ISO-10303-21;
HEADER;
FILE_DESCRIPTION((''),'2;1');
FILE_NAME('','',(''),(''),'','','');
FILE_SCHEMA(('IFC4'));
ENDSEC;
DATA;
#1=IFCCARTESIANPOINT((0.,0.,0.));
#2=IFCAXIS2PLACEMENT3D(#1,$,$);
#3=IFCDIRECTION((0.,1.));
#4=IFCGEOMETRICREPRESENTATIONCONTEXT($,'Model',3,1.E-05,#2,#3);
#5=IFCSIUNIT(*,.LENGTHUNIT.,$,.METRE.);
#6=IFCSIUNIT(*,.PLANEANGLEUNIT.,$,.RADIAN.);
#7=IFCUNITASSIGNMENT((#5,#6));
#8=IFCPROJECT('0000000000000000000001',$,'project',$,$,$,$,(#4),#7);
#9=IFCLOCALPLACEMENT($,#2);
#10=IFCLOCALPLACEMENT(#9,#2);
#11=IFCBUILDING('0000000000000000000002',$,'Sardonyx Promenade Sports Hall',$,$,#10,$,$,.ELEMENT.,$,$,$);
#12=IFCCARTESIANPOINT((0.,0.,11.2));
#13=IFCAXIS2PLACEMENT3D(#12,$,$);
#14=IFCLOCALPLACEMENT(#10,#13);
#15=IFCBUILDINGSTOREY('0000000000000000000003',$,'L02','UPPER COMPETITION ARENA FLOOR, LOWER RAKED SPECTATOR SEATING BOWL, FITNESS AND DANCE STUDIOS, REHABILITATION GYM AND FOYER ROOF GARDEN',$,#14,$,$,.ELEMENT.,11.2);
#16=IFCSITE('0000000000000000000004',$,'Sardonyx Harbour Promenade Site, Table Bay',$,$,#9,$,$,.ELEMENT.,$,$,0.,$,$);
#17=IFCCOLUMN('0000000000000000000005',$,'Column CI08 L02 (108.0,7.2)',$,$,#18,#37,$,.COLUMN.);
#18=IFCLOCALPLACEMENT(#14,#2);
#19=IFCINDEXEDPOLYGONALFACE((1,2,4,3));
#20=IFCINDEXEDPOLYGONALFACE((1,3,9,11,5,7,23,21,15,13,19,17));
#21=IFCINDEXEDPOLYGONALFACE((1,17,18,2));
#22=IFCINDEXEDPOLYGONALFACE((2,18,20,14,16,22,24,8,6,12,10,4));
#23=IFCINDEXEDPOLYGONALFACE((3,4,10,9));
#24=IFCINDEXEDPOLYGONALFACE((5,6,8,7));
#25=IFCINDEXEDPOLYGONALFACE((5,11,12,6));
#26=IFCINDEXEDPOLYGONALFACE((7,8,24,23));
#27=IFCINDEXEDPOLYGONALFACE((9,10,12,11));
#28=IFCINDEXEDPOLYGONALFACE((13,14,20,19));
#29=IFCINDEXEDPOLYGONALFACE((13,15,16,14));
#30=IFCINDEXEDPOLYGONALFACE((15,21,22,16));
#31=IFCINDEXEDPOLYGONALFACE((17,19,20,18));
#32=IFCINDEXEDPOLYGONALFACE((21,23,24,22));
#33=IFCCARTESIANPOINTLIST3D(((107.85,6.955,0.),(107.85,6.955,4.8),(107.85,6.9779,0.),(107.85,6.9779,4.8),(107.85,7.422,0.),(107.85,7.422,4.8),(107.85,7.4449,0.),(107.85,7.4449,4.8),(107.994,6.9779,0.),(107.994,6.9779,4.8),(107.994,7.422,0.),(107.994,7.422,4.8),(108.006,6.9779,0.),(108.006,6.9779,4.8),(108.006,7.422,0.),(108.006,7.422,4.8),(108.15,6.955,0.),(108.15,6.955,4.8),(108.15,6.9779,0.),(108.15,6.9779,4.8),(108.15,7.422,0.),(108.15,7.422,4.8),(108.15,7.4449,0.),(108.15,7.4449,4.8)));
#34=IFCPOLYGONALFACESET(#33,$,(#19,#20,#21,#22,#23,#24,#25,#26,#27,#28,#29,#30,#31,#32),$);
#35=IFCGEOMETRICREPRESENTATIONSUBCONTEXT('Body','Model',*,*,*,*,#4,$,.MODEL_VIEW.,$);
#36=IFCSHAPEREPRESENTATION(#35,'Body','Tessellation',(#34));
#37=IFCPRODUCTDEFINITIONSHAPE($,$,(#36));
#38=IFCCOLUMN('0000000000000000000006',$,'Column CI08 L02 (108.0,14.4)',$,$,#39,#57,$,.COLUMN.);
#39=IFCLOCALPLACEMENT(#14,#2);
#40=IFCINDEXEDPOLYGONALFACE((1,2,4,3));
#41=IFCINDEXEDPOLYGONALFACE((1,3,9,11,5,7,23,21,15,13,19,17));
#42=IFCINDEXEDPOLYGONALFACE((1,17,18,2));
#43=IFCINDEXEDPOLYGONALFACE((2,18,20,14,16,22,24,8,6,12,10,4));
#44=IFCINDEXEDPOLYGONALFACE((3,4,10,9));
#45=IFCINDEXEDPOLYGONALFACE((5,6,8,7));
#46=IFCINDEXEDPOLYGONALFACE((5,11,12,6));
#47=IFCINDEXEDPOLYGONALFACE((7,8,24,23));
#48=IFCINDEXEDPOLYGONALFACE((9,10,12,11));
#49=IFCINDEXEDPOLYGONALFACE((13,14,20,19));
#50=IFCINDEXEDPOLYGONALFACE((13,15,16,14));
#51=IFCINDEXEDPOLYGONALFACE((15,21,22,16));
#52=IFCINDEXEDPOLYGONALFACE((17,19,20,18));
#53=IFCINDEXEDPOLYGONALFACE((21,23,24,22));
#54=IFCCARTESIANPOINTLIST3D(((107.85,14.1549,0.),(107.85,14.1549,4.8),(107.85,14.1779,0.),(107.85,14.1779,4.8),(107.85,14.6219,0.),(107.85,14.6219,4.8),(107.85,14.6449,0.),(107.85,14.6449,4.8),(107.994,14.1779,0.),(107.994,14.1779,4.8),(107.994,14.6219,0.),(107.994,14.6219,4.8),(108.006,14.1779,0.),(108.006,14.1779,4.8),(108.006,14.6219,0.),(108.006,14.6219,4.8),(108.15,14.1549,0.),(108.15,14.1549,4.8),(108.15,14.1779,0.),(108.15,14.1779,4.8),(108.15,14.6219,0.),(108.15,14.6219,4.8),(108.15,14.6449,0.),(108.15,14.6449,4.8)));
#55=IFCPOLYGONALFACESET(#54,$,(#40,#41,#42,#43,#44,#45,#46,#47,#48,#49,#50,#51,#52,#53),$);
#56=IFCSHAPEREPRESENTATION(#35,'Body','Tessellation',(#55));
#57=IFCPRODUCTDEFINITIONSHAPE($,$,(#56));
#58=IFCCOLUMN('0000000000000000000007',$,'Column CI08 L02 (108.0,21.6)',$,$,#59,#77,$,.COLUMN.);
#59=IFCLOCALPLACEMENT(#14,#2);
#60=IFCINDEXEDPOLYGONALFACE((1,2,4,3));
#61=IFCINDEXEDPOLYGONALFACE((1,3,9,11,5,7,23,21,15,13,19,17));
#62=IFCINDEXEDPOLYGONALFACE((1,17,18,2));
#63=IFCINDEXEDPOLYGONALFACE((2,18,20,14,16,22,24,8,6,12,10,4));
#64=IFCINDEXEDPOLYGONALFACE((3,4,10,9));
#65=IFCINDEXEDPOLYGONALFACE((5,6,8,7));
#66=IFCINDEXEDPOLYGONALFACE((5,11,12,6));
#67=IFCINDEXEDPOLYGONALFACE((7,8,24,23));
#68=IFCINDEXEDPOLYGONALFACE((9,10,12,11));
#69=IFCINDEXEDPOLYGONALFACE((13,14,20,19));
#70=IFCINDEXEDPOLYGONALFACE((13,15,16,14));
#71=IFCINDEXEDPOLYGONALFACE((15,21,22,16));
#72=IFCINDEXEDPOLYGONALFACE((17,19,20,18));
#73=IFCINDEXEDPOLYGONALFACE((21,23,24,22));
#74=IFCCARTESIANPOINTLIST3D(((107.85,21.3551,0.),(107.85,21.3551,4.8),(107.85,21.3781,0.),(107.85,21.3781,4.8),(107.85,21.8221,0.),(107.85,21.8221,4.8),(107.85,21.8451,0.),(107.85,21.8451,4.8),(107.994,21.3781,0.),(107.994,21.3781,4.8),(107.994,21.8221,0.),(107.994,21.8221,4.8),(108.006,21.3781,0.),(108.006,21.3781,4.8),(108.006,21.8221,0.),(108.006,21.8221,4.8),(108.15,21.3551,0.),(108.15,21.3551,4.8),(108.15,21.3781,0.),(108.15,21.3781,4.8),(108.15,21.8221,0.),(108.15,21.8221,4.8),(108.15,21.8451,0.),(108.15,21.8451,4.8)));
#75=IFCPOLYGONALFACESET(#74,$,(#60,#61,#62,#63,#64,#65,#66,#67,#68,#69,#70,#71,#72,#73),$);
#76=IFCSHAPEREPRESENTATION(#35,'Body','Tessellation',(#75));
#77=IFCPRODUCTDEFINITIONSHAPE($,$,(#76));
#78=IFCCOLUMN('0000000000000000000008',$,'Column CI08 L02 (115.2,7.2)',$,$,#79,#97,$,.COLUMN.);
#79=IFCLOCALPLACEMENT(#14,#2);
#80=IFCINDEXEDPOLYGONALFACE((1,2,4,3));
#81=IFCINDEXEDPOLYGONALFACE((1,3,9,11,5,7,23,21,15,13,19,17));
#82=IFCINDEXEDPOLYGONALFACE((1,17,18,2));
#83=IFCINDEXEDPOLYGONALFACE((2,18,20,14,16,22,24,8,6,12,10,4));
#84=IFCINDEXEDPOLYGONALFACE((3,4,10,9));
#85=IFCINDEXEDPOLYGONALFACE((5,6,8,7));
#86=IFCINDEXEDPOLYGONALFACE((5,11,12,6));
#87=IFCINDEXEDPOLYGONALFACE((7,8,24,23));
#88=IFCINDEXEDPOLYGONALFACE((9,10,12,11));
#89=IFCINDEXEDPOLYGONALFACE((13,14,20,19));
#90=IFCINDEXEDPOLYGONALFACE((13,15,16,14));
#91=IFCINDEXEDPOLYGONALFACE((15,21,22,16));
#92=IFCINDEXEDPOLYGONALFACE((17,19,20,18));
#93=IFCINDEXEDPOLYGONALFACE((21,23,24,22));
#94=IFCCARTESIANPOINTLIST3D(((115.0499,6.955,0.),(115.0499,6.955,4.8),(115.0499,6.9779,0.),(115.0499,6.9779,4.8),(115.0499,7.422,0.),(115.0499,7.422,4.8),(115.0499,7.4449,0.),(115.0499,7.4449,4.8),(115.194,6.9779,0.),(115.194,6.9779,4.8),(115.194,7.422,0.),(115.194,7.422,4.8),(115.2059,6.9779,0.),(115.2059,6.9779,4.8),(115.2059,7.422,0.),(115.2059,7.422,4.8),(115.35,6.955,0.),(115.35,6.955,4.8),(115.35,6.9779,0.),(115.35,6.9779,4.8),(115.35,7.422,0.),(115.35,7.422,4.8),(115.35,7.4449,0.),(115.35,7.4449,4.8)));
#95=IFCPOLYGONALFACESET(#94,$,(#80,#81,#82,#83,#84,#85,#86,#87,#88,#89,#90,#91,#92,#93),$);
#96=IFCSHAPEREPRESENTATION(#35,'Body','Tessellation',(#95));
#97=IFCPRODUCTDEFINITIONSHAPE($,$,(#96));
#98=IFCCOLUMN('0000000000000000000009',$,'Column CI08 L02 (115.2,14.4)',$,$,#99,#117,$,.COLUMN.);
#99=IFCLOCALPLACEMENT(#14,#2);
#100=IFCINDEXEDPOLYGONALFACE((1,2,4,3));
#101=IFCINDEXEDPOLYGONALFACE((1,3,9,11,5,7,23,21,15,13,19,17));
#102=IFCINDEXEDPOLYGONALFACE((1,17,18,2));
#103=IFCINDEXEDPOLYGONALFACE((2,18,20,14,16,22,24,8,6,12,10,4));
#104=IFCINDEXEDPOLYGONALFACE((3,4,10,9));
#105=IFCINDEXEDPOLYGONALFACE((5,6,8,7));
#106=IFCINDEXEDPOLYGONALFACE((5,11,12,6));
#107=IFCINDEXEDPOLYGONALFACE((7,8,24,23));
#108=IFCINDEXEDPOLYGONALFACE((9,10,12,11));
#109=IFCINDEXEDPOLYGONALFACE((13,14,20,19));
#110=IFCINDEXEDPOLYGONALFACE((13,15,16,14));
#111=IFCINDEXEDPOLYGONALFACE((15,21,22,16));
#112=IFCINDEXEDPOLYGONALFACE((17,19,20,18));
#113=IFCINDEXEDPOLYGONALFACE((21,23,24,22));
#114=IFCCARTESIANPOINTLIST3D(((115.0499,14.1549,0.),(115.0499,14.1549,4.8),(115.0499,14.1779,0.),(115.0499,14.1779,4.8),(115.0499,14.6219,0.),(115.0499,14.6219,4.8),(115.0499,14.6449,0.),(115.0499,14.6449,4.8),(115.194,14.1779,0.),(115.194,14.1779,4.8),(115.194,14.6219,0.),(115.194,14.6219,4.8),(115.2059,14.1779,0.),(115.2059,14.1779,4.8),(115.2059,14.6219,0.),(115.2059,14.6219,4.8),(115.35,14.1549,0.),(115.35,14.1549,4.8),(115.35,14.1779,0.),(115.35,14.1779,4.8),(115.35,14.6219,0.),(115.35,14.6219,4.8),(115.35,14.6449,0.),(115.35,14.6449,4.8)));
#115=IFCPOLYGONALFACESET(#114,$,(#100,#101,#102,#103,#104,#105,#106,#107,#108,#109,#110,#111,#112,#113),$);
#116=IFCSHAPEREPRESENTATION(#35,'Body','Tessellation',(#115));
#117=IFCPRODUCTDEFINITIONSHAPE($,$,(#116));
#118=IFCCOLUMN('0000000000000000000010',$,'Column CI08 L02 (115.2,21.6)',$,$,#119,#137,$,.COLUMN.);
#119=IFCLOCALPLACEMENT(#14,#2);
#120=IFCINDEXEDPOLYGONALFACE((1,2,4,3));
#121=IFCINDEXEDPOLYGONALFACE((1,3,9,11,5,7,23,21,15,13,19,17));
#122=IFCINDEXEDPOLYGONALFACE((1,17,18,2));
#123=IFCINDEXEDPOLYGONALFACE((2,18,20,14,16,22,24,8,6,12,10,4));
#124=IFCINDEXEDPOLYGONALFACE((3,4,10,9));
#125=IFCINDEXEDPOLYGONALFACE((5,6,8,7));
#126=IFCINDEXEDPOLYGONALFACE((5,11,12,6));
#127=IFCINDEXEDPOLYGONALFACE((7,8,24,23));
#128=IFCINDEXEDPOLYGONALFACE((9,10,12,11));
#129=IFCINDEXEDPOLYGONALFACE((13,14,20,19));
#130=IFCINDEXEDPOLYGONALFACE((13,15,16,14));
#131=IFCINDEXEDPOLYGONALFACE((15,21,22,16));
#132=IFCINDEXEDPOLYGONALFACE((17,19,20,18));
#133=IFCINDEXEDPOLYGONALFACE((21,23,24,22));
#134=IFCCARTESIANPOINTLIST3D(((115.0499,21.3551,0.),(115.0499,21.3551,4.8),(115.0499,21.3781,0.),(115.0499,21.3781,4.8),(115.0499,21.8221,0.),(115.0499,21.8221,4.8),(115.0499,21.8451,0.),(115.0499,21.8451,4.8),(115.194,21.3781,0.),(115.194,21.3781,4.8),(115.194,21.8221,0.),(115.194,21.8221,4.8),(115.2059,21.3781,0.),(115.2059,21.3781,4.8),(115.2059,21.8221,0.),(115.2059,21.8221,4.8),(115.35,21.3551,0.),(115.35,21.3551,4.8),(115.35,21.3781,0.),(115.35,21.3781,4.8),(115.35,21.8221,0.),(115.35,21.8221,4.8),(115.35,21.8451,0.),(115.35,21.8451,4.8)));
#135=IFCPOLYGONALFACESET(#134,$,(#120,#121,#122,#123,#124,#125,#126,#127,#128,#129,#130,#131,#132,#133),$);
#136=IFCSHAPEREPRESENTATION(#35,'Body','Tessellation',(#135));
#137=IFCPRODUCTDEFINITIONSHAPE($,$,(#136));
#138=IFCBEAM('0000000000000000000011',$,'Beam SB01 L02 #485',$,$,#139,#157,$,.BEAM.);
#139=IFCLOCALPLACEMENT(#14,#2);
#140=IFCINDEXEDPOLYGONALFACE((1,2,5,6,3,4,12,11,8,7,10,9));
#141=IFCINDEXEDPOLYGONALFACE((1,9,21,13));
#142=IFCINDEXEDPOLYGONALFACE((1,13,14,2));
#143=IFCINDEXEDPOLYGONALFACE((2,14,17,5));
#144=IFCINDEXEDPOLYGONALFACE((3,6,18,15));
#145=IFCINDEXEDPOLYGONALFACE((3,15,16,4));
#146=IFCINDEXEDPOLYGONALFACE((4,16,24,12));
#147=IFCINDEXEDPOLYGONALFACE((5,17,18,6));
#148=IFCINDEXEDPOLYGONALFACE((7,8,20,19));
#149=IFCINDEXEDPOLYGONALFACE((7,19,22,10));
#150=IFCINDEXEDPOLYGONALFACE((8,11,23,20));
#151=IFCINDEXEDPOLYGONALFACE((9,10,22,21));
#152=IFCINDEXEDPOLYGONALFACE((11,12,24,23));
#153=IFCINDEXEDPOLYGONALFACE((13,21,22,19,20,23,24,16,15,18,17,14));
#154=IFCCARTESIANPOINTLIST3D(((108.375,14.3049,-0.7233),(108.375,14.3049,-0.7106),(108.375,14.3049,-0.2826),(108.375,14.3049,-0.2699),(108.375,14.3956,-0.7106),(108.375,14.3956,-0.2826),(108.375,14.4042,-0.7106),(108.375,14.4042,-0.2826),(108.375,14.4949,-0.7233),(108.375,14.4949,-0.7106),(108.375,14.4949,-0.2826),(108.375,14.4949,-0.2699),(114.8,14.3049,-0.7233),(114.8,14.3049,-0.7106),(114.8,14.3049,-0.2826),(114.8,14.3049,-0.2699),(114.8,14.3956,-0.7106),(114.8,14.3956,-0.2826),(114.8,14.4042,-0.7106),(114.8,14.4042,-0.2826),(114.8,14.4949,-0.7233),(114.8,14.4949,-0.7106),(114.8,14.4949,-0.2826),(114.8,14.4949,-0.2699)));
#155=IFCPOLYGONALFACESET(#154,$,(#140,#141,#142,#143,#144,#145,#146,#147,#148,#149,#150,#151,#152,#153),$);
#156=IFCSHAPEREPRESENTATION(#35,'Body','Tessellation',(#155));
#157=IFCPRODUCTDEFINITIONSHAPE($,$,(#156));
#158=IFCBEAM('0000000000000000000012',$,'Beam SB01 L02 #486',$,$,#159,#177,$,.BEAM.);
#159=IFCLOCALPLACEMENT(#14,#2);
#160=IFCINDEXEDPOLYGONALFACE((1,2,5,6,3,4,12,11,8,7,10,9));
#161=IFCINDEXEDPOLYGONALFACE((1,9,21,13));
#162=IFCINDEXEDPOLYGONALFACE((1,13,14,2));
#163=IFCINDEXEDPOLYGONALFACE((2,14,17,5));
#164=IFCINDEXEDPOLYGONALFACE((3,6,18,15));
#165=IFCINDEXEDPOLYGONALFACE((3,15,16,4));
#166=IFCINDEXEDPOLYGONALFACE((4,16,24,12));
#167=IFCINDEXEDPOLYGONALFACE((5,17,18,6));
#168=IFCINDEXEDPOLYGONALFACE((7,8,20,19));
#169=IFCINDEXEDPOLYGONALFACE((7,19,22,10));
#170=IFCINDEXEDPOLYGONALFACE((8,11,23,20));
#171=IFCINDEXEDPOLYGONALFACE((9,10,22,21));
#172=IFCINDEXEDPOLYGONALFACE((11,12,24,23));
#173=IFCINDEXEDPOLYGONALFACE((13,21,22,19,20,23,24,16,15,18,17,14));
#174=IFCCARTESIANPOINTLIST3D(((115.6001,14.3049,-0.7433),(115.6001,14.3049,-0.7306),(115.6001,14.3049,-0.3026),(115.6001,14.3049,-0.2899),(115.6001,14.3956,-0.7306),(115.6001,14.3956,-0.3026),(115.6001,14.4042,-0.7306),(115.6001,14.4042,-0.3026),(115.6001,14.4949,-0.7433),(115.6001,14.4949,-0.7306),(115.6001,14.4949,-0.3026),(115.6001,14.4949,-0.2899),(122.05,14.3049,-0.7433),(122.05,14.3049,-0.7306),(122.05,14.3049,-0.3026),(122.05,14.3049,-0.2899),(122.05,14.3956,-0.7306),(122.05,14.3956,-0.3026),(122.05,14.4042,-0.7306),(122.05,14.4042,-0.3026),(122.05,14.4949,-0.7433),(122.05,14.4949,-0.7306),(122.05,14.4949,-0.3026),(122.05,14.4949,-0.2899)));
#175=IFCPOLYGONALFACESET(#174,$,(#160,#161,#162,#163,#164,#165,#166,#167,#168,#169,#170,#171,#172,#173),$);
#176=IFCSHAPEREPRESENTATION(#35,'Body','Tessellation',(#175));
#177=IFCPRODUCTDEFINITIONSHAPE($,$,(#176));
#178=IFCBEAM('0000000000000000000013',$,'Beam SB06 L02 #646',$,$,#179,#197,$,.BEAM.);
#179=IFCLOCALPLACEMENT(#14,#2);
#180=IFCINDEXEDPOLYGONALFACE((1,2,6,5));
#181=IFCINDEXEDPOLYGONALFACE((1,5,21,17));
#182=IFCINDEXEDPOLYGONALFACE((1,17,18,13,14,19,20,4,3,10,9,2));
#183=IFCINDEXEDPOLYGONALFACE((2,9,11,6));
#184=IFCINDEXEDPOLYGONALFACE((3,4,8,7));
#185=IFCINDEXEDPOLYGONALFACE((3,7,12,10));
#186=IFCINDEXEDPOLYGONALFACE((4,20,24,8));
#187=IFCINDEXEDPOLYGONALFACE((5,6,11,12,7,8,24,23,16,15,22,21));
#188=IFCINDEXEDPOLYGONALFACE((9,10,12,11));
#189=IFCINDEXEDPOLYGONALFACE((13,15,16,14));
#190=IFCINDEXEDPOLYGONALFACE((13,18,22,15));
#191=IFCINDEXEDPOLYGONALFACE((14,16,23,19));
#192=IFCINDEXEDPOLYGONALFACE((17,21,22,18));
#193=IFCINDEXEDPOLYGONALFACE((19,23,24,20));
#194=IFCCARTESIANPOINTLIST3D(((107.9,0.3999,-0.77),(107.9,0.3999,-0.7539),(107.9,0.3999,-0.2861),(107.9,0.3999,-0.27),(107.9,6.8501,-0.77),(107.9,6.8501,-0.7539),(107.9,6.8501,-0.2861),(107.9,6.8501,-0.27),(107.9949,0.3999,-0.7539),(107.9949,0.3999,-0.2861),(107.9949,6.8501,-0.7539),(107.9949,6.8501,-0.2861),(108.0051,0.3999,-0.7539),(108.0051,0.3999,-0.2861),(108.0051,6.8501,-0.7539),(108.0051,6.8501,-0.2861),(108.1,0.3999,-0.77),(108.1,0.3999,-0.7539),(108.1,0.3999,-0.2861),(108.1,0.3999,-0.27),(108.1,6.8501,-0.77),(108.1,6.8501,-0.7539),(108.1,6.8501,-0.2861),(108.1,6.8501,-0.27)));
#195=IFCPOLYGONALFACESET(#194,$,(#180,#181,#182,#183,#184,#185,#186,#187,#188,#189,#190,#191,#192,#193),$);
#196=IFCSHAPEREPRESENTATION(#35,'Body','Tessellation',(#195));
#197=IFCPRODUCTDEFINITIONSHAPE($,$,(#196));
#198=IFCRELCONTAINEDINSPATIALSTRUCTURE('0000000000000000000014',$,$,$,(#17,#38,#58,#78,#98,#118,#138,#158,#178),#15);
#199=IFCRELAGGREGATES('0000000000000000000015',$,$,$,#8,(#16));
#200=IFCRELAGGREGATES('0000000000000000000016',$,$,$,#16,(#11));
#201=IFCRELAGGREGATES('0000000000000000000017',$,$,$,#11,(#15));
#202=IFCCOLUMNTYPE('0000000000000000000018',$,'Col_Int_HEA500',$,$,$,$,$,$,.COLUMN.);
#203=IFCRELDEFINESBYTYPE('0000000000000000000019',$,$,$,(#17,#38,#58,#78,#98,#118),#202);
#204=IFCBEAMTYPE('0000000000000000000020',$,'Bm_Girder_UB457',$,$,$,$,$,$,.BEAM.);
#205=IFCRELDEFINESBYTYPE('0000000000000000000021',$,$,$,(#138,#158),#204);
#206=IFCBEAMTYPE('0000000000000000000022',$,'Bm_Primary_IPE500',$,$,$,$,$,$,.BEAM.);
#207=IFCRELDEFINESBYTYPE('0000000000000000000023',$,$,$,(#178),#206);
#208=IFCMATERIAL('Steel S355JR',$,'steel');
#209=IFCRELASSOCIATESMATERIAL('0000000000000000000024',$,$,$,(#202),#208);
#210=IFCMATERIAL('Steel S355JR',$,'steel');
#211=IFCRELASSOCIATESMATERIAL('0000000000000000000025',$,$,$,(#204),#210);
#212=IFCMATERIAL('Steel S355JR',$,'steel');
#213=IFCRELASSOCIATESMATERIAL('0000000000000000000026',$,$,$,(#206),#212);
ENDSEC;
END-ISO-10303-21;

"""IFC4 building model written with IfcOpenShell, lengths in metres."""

from ifc_helpers import new_model, si_unit, direction, frame, origin, origin_2d, place, context, subcontext, project, spatial, i_section, extrude, material, material_profile, profile_set, type_object, element, save


model = new_model("IFC4")

# Units and contexts
model_context = context("Model", 3, precision=1e-05, world=origin(), true_north=direction((0.0, 1.0)))
body_context = subcontext(model_context, "Body", "Model", "MODEL_VIEW")
ifc_project = project(units=[si_unit("LENGTHUNIT", "METRE"), si_unit("PLANEANGLEUNIT", "RADIAN")], contexts=[model_context])

# Site, building, storey
site_placement = place(None, origin())
site = spatial("IfcSite", under=ifc_project, at=site_placement, Name="Sardonyx Harbour Promenade Site, Table Bay", CompositionType="ELEMENT", RefElevation=0.0)
building_placement = place(site_placement, origin())
building = spatial("IfcBuilding", under=site, at=building_placement, Name="Sardonyx Promenade Sports Hall", CompositionType="ELEMENT")
storey_placement = place(building_placement, frame((0.0, 0.0, 11.2)))
storey = spatial("IfcBuildingStorey", under=building, at=storey_placement, Name="L02", Description="UPPER COMPETITION ARENA FLOOR, LOWER RAKED SPECTATOR SEATING BOWL, FITNESS AND DANCE STUDIOS, REHABILITATION GYM AND FOYER ROOF GARDEN", CompositionType="ELEMENT", Elevation=11.2)

# Columns
ifc_material_1 = material(Name="Steel S355JR", Category="steel")
ifc_material_profile_1 = material_profile(ifc_material_1, i_section(OverallWidth=0.3, OverallDepth=0.49, WebThickness=0.012, FlangeThickness=0.0229, at=origin_2d()))
ifc_profile_set_1 = profile_set([ifc_material_profile_1], Name="Steel S355JR")
column_type = type_object("IfcColumnType", Name="Col_Int_HEA500", PredefinedType="COLUMN", material=ifc_profile_set_1)
for number, where, z_axis, x_axis, name in (
    (1, (108.0, 7.2, 0.0), (0.0, 0.0, 1.0), (1.0, 0.0, 0.0), "Column CI08 L02 (108.0,7.2)"),
    (2, (108.0, 14.3999, 0.0), (0.0, 0.0, 1.0), (1.0, 0.0, 0.0), "Column CI08 L02 (108.0,14.4)"),
    (3, (108.0, 21.6001, 0.0), (0.0, 0.0, 1.0), (1.0, 0.0, 0.0), "Column CI08 L02 (108.0,21.6)"),
    (4, (115.2, 7.2, 0.0), (0.0, 0.0, 1.0), (1.0, 0.0, 0.0), "Column CI08 L02 (115.2,7.2)"),
    (5, (115.2, 14.3999, 0.0), (0.0, 0.0, 1.0), (1.0, 0.0, 0.0), "Column CI08 L02 (115.2,14.4)"),
    (6, (115.2, 21.6001, 0.0), (0.0, 0.0, 1.0), (1.0, 0.0, 0.0), "Column CI08 L02 (115.2,21.6)"),
):
    element("IfcColumn", number, at=place(storey_placement, frame(where, z_axis=z_axis, x_axis=x_axis)), inside=storey, type_object=column_type, Name=name, PredefinedType="COLUMN", context=body_context, shape_type="SweptSolid", body=[
        extrude(i_section(OverallWidth=0.3, OverallDepth=0.49, WebThickness=0.012, FlangeThickness=0.0229, at=origin_2d()), origin(), (0.0, 0.0, 1.0), 4.8),
    ])

# Beams
ifc_material_2 = material(Name="Steel S355JR", Category="steel")
ifc_material_profile_2 = material_profile(ifc_material_2, i_section(OverallWidth=0.1899, OverallDepth=0.4534, WebThickness=0.0085, FlangeThickness=0.0127, at=origin_2d()))
ifc_profile_set_2 = profile_set([ifc_material_profile_2], Name="Steel S355JR")
beam_type_1 = type_object("IfcBeamType", Name="Bm_Girder_UB457", PredefinedType="BEAM", material=ifc_profile_set_2)
beam_1_placement = place(storey_placement, frame((108.375, 14.3999, -0.4966), z_axis=(1.0, 0.0, 0.0), x_axis=(0.0, 1.0, 0.0)))
element("IfcBeam", 7, at=beam_1_placement, inside=storey, type_object=beam_type_1, Name="Beam SB01 L02 #485", PredefinedType="BEAM", context=body_context, shape_type="SweptSolid", body=[
    extrude(i_section(OverallWidth=0.1899, OverallDepth=0.4534, WebThickness=0.0085, FlangeThickness=0.0127, at=origin_2d()), origin(), (0.0, 0.0, 1.0), 6.425),
])
beam_2_placement = place(storey_placement, frame((115.6001, 14.3999, -0.5166), z_axis=(1.0, 0.0, 0.0), x_axis=(0.0, 1.0, 0.0)))
element("IfcBeam", 8, at=beam_2_placement, inside=storey, type_object=beam_type_1, Name="Beam SB01 L02 #486", PredefinedType="BEAM", context=body_context, shape_type="SweptSolid", body=[
    extrude(i_section(OverallWidth=0.1899, OverallDepth=0.4534, WebThickness=0.0085, FlangeThickness=0.0127, at=origin_2d()), origin(), (0.0, 0.0, 1.0), 6.45),
])
ifc_material_3 = material(Name="Steel S355JR", Category="steel")
ifc_material_profile_3 = material_profile(ifc_material_3, i_section(OverallWidth=0.2, OverallDepth=0.5, WebThickness=0.0103, FlangeThickness=0.0161, at=origin_2d()))
ifc_profile_set_3 = profile_set([ifc_material_profile_3], Name="Steel S355JR")
beam_type_2 = type_object("IfcBeamType", Name="Bm_Primary_IPE500", PredefinedType="BEAM", material=ifc_profile_set_3)
beam_3_placement = place(storey_placement, frame((108.0, 0.3999, -0.52), z_axis=(0.0, 1.0, 0.0), x_axis=(-1.0, 0.0, 0.0)))
element("IfcBeam", 9, at=beam_3_placement, inside=storey, type_object=beam_type_2, Name="Beam SB06 L02 #646", PredefinedType="BEAM", context=body_context, shape_type="SweptSolid", body=[
    extrude(i_section(OverallWidth=0.2, OverallDepth=0.5, WebThickness=0.0103, FlangeThickness=0.0161, at=origin_2d()), origin(), (0.0, 0.0, 1.0), 6.4502),
])

save(model, "model.ifc")
